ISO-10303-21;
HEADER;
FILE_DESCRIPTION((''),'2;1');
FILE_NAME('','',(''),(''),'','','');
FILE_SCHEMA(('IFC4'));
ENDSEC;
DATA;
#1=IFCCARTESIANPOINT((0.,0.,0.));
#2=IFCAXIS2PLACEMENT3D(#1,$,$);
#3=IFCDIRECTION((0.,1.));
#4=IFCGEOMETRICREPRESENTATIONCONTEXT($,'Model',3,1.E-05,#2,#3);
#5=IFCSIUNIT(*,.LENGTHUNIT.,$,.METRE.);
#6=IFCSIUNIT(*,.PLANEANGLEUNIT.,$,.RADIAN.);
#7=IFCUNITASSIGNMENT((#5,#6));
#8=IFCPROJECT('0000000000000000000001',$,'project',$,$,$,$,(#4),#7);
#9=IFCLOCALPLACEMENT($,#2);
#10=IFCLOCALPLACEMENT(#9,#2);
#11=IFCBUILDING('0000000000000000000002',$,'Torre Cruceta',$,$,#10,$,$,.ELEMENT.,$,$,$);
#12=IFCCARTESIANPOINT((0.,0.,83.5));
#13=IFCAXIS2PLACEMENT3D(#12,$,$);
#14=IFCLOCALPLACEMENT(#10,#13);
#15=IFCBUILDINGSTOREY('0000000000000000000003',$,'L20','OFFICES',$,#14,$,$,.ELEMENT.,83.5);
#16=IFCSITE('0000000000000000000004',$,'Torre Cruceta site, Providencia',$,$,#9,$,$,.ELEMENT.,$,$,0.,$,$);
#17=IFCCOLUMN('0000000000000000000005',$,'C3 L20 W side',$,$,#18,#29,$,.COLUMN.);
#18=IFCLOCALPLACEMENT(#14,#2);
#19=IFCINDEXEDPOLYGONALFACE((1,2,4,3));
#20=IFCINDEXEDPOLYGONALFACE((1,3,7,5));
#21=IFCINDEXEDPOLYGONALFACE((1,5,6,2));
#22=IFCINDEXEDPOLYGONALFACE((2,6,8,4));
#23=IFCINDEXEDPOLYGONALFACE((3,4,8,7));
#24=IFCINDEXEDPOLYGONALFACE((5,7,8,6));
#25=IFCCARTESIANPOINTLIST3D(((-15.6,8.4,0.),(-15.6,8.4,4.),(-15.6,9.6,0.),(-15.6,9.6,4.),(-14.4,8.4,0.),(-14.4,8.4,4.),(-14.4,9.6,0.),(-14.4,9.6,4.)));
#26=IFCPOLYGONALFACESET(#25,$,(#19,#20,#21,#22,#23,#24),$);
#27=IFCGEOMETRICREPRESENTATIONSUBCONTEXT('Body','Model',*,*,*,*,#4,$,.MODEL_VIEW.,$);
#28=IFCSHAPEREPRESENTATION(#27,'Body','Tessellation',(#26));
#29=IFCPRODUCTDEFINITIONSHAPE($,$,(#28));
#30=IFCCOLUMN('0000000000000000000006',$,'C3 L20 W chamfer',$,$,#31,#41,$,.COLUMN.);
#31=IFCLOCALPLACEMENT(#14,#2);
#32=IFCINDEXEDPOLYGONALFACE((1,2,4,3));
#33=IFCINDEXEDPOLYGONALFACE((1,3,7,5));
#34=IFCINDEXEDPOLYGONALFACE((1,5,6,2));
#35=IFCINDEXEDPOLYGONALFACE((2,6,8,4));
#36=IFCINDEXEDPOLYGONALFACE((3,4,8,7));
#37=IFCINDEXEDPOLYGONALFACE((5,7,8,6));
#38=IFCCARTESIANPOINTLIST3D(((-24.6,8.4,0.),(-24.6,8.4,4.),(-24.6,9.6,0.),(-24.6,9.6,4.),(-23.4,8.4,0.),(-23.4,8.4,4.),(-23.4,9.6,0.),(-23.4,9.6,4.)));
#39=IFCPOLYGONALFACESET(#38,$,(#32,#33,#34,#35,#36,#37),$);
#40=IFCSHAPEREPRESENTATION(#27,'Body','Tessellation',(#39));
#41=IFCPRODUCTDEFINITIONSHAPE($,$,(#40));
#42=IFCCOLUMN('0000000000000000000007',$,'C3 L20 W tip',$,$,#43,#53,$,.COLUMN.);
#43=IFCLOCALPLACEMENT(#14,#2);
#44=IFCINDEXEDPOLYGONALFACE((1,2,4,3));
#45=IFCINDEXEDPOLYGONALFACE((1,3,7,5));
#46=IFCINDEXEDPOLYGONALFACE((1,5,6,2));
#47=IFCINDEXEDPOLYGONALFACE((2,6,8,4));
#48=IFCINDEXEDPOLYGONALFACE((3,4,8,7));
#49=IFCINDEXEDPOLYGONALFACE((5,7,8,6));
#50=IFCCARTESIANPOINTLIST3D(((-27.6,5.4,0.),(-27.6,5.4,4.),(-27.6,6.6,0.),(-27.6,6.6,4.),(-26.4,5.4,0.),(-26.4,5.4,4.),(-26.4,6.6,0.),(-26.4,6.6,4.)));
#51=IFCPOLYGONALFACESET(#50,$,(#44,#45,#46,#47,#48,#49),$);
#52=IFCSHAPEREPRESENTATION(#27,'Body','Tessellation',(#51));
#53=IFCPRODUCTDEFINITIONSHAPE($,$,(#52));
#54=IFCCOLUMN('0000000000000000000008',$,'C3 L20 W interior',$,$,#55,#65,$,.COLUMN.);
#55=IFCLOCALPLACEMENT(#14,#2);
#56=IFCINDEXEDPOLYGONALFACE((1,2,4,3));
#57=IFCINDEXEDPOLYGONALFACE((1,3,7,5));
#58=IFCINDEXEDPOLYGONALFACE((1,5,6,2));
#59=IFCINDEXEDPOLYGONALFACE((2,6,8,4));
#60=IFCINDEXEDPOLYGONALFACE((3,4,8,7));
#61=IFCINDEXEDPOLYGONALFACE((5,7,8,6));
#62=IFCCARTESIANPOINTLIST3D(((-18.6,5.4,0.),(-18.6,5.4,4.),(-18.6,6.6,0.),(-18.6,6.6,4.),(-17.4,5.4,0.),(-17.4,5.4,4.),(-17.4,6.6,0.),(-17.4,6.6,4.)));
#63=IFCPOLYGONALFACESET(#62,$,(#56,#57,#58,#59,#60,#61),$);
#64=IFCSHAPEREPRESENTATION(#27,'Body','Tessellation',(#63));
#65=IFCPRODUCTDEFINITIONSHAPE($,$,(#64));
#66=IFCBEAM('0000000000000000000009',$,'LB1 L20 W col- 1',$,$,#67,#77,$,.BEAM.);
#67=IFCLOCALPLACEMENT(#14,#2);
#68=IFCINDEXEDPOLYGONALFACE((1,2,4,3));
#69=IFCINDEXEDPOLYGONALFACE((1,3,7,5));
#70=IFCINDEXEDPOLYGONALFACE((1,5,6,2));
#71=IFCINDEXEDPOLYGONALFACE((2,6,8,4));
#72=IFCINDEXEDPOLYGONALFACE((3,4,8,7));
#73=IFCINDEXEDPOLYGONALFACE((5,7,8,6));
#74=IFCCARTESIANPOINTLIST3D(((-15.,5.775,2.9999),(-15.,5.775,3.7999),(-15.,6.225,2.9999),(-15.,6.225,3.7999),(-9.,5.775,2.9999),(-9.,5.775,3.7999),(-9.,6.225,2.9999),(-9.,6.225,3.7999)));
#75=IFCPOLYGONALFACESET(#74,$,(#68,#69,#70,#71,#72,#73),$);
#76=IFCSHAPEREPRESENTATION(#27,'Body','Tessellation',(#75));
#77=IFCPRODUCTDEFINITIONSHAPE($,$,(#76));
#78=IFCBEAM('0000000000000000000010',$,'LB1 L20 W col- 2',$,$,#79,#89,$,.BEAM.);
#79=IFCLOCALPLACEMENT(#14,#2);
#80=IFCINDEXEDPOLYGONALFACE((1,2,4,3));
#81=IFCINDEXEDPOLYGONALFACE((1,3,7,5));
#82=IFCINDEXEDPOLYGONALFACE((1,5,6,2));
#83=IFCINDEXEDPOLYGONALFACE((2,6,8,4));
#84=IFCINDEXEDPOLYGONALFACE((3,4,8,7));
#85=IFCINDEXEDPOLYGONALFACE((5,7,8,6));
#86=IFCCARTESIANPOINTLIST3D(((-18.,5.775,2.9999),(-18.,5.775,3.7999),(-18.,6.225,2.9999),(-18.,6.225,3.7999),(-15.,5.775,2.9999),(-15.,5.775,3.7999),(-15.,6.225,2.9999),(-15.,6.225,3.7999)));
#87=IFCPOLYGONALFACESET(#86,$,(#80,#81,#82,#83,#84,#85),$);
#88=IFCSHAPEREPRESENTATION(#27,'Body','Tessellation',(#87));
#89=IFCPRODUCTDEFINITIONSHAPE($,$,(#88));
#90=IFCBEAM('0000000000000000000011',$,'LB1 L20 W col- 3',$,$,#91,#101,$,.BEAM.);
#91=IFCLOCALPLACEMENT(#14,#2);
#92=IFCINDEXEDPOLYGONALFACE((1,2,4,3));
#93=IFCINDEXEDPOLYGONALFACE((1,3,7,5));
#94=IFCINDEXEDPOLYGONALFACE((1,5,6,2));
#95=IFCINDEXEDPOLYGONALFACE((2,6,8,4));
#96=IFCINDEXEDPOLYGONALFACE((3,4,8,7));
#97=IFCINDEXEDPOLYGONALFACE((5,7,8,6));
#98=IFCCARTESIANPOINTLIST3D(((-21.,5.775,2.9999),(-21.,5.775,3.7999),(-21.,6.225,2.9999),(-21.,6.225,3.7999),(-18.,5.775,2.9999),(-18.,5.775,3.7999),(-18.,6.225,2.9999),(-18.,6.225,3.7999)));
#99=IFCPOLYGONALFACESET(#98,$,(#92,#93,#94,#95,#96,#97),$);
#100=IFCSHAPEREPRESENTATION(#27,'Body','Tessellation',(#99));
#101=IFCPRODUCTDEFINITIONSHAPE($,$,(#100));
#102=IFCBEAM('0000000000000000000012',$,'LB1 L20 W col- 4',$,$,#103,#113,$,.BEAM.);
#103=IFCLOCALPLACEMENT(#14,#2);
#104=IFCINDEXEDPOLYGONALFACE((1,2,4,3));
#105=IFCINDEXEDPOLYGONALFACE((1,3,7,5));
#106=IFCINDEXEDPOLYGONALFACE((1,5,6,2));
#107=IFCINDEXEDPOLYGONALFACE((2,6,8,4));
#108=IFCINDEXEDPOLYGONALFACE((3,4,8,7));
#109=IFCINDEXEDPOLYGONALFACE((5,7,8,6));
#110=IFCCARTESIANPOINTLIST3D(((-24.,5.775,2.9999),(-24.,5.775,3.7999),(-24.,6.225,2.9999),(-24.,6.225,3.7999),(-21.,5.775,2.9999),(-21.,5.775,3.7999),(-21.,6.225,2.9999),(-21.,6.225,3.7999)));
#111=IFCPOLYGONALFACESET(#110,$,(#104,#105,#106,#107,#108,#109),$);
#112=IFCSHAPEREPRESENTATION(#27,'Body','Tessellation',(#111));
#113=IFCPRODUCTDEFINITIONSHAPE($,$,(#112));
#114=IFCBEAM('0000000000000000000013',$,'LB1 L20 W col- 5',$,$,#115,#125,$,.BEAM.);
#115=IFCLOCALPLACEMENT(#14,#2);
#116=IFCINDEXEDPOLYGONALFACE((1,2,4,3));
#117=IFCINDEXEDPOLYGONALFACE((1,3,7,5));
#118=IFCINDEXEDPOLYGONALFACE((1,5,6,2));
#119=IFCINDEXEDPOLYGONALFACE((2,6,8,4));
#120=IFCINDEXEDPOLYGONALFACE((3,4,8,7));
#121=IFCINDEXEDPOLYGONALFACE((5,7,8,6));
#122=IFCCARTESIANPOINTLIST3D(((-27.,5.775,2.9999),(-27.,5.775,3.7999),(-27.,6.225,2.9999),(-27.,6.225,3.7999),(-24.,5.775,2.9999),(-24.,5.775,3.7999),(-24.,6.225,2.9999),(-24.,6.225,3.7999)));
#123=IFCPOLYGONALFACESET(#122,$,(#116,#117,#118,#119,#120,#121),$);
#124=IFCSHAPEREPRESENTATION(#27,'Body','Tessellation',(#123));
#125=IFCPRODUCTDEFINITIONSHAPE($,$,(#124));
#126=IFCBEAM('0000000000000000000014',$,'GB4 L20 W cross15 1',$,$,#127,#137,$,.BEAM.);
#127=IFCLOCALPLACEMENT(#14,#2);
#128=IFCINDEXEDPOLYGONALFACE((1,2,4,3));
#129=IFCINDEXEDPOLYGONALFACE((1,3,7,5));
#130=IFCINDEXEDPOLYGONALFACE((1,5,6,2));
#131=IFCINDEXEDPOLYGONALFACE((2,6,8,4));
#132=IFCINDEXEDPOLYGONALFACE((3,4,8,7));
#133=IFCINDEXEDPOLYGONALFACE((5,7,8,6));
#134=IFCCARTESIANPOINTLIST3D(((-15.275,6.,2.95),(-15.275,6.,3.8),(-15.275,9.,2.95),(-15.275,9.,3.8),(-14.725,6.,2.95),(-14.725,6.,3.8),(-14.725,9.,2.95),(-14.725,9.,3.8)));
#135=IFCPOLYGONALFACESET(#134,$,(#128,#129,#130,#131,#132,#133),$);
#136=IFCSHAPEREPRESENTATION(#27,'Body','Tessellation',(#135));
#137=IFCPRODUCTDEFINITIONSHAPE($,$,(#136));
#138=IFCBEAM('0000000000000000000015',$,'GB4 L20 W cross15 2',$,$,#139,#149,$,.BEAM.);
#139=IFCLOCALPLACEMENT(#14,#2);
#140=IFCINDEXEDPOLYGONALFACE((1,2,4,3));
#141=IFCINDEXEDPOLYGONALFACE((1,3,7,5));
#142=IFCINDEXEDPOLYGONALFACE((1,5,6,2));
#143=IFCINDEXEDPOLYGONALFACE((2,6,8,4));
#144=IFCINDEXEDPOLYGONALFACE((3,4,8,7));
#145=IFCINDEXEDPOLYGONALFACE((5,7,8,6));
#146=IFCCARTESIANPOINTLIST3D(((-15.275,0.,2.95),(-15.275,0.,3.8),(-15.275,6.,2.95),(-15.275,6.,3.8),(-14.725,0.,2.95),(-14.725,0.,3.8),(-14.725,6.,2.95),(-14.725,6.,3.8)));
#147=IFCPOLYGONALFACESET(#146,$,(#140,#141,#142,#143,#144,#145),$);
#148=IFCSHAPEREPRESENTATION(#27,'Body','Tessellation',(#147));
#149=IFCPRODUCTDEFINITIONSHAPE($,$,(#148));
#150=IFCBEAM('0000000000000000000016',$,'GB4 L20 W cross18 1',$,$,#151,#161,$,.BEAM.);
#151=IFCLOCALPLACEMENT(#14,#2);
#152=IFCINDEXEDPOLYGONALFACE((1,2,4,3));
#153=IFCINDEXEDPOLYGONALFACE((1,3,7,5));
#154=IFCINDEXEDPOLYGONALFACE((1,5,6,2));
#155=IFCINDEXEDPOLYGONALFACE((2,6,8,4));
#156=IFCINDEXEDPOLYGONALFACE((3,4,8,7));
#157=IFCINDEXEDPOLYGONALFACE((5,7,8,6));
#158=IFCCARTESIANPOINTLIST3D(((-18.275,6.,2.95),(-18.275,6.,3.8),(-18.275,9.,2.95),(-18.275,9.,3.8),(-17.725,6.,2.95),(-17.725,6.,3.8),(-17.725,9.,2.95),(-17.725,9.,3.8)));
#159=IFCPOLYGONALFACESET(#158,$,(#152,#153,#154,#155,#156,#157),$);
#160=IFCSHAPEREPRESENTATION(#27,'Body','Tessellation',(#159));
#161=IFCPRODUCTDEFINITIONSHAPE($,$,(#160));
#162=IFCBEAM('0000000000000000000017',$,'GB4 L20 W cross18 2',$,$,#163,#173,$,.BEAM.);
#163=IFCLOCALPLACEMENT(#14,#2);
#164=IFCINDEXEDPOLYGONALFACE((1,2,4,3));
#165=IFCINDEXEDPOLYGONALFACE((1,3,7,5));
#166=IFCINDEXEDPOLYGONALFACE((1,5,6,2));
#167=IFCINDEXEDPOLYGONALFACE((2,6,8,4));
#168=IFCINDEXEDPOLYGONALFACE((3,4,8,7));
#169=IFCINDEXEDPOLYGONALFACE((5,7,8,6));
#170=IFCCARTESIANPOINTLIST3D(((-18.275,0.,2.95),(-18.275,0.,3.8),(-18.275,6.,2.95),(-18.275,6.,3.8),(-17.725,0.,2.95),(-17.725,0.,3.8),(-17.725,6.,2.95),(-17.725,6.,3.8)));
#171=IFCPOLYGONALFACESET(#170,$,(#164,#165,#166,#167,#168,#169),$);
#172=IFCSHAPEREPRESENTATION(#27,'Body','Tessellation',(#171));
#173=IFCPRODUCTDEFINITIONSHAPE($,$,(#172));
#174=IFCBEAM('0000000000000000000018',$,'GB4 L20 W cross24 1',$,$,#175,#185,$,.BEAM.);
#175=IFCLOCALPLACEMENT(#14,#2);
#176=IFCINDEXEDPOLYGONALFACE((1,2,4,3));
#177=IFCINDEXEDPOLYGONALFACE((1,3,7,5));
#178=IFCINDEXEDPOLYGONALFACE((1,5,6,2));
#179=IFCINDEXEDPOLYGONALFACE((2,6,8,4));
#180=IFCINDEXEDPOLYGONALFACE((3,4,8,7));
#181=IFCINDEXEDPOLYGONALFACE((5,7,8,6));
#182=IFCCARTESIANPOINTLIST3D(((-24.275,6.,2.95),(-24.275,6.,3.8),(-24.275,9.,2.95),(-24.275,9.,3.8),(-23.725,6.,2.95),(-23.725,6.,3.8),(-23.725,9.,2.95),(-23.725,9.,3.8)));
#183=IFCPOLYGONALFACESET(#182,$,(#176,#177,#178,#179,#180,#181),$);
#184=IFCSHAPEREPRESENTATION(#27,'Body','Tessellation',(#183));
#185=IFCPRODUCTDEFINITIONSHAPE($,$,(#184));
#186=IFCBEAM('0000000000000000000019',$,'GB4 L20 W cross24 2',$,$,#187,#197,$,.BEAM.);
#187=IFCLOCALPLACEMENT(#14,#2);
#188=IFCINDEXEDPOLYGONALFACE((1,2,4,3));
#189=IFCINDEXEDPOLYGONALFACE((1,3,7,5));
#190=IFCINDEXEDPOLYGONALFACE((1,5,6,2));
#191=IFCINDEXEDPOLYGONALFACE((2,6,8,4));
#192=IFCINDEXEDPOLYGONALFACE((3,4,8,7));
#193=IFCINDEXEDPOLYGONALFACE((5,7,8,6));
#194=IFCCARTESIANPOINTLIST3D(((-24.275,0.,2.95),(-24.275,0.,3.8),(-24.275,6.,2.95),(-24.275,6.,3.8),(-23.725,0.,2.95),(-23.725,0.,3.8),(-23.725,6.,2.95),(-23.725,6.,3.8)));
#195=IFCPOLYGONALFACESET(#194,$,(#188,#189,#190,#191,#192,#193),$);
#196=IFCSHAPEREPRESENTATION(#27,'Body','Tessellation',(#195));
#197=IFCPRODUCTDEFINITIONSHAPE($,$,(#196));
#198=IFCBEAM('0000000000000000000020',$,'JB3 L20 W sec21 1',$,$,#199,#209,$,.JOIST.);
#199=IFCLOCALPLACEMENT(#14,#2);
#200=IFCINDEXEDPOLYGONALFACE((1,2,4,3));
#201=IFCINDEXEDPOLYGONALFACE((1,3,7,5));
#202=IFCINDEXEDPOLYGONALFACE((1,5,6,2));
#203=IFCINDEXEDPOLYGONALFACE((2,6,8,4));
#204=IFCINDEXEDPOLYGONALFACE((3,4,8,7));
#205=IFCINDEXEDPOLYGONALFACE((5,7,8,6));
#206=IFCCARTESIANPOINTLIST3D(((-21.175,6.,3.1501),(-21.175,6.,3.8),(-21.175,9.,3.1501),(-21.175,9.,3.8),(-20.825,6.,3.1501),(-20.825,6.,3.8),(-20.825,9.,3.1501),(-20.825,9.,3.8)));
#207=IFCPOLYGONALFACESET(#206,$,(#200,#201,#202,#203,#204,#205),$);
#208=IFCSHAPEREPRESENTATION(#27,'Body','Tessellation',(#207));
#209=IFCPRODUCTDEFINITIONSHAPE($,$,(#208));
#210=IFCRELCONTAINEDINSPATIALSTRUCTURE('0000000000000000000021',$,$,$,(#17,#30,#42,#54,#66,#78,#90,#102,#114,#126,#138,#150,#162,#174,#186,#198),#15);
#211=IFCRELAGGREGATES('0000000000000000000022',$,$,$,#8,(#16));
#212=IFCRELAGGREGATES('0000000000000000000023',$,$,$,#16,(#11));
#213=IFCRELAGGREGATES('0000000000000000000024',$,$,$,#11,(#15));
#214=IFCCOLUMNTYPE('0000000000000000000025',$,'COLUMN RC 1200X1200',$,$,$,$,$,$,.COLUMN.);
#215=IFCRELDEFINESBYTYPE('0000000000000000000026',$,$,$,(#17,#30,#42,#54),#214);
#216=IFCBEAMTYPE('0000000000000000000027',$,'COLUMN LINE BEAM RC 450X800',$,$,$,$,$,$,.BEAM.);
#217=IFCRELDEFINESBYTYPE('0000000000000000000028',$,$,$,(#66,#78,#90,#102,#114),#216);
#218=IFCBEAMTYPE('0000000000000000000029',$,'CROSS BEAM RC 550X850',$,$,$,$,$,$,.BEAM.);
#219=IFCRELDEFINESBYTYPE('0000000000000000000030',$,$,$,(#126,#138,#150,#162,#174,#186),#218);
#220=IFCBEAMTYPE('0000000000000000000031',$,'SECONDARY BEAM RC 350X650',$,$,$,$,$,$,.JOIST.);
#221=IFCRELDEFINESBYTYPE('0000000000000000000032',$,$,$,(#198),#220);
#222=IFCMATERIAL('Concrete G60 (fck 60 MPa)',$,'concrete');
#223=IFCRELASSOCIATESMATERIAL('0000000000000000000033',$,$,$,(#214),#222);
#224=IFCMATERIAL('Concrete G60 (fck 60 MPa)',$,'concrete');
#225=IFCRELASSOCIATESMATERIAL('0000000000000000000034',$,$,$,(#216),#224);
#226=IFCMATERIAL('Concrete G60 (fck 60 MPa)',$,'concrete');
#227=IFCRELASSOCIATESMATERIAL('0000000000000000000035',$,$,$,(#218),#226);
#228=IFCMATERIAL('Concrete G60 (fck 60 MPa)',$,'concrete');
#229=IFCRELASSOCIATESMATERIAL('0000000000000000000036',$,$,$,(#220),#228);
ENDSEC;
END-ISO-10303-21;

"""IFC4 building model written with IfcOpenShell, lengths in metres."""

from ifc_helpers import new_model, si_unit, direction, frame, origin, origin_2d, place, context, subcontext, project, spatial, rectangle, extrude, material, material_profile, profile_set, type_object, element, save


model = new_model("IFC4")

# Units and contexts
model_context = context("Model", 3, precision=1e-05, world=origin(), true_north=direction((0.0, 1.0)))
body_context = subcontext(model_context, "Body", "Model", "MODEL_VIEW")
ifc_project = project(units=[si_unit("LENGTHUNIT", "METRE"), si_unit("PLANEANGLEUNIT", "RADIAN")], contexts=[model_context])

# Site, building, storey
site_placement = place(None, origin())
site = spatial("IfcSite", under=ifc_project, at=site_placement, Name="Torre Cruceta site, Providencia", CompositionType="ELEMENT", RefElevation=0.0)
building_placement = place(site_placement, origin())
building = spatial("IfcBuilding", under=site, at=building_placement, Name="Torre Cruceta", CompositionType="ELEMENT")
storey_placement = place(building_placement, frame((0.0, 0.0, 83.5)))
storey = spatial("IfcBuildingStorey", under=building, at=storey_placement, Name="L20", Description="OFFICES", CompositionType="ELEMENT", Elevation=83.5)

# Columns
ifc_material_1 = material(Name="Concrete G60 (fck 60 MPa)", Category="concrete")
ifc_material_profile_1 = material_profile(ifc_material_1, rectangle(XDim=1.2, YDim=1.2, at=origin_2d()), Name="RC 1200X1200")
ifc_profile_set_1 = profile_set([ifc_material_profile_1], Name="Concrete G60 (fck 60 MPa)")
column_type = type_object("IfcColumnType", Name="COLUMN RC 1200X1200", PredefinedType="COLUMN", material=ifc_profile_set_1)
for number, where, z_axis, x_axis, name in (
    (1, (-15.0, 9.0, 0.0), (0.0, 0.0, 1.0), (1.0, 0.0, 0.0), "C3 L20 W side"),
    (2, (-24.0, 9.0, 0.0), (0.0, 0.0, 1.0), (1.0, 0.0, 0.0), "C3 L20 W chamfer"),
    (3, (-27.0, 6.0, 0.0), (0.0, 0.0, 1.0), (1.0, 0.0, 0.0), "C3 L20 W tip"),
    (4, (-18.0, 6.0, 0.0), (0.0, 0.0, 1.0), (1.0, 0.0, 0.0), "C3 L20 W interior"),
):
    element("IfcColumn", number, at=place(storey_placement, frame(where, z_axis=z_axis, x_axis=x_axis)), inside=storey, type_object=column_type, Name=name, PredefinedType="COLUMN", context=body_context, shape_type="SweptSolid", body=[
        extrude(rectangle(XDim=1.2, YDim=1.2, at=origin_2d()), origin(), (0.0, 0.0, 1.0), 4.0),
    ])

# Beams
ifc_material_2 = material(Name="Concrete G60 (fck 60 MPa)", Category="concrete")
ifc_material_profile_2 = material_profile(ifc_material_2, rectangle(XDim=0.45, YDim=0.8, at=origin_2d()), Name="RC 450X800")
ifc_profile_set_2 = profile_set([ifc_material_profile_2], Name="Concrete G60 (fck 60 MPa)")
beam_type_1 = type_object("IfcBeamType", Name="COLUMN LINE BEAM RC 450X800", PredefinedType="BEAM", material=ifc_profile_set_2)
beam_1_placement = place(storey_placement, frame((-9.0, 6.0, 3.3999), z_axis=(-1.0, 0.0, 0.0), x_axis=(0.0, -1.0, 0.0)))
element("IfcBeam", 5, at=beam_1_placement, inside=storey, type_object=beam_type_1, Name="LB1 L20 W col- 1", PredefinedType="BEAM", context=body_context, shape_type="SweptSolid", body=[
    extrude(rectangle(XDim=0.45, YDim=0.8, at=origin_2d()), origin(), (0.0, 0.0, 1.0), 6.0),
])
for number, where, z_axis, x_axis, name in (
    (6, (-15.0, 6.0, 3.3999), (-1.0, 0.0, 0.0), (0.0, -1.0, 0.0), "LB1 L20 W col- 2"),
    (7, (-18.0, 6.0, 3.3999), (-1.0, 0.0, 0.0), (0.0, -1.0, 0.0), "LB1 L20 W col- 3"),
    (8, (-21.0, 6.0, 3.3999), (-1.0, 0.0, 0.0), (0.0, -1.0, 0.0), "LB1 L20 W col- 4"),
    (9, (-24.0, 6.0, 3.3999), (-1.0, 0.0, 0.0), (0.0, -1.0, 0.0), "LB1 L20 W col- 5"),
):
    element("IfcBeam", number, at=place(storey_placement, frame(where, z_axis=z_axis, x_axis=x_axis)), inside=storey, type_object=beam_type_1, Name=name, PredefinedType="BEAM", context=body_context, shape_type="SweptSolid", body=[
        extrude(rectangle(XDim=0.45, YDim=0.8, at=origin_2d()), origin(), (0.0, 0.0, 1.0), 3.0),
    ])
ifc_material_3 = material(Name="Concrete G60 (fck 60 MPa)", Category="concrete")
ifc_material_profile_3 = material_profile(ifc_material_3, rectangle(XDim=0.55, YDim=0.8501, at=origin_2d()), Name="RC 550X850")
ifc_profile_set_3 = profile_set([ifc_material_profile_3], Name="Concrete G60 (fck 60 MPa)")
beam_type_2 = type_object("IfcBeamType", Name="CROSS BEAM RC 550X850", PredefinedType="BEAM", material=ifc_profile_set_3)
beam_2_placement = place(storey_placement, frame((-15.0, 9.0, 3.375), z_axis=(0.0, -1.0, 0.0), x_axis=(1.0, 0.0, 0.0)))
element("IfcBeam", 10, at=beam_2_placement, inside=storey, type_object=beam_type_2, Name="GB4 L20 W cross15 1", PredefinedType="BEAM", context=body_context, shape_type="SweptSolid", body=[
    extrude(rectangle(XDim=0.55, YDim=0.8501, at=origin_2d()), origin(), (0.0, 0.0, 1.0), 3.0),
])
beam_3_placement = place(storey_placement, frame((-15.0, 6.0, 3.375), z_axis=(0.0, -1.0, 0.0), x_axis=(1.0, 0.0, 0.0)))
element("IfcBeam", 11, at=beam_3_placement, inside=storey, type_object=beam_type_2, Name="GB4 L20 W cross15 2", PredefinedType="BEAM", context=body_context, shape_type="SweptSolid", body=[
    extrude(rectangle(XDim=0.55, YDim=0.8501, at=origin_2d()), origin(), (0.0, 0.0, 1.0), 6.0),
])
beam_4_placement = place(storey_placement, frame((-18.0, 9.0, 3.375), z_axis=(0.0, -1.0, 0.0), x_axis=(1.0, 0.0, 0.0)))
element("IfcBeam", 12, at=beam_4_placement, inside=storey, type_object=beam_type_2, Name="GB4 L20 W cross18 1", PredefinedType="BEAM", context=body_context, shape_type="SweptSolid", body=[
    extrude(rectangle(XDim=0.55, YDim=0.8501, at=origin_2d()), origin(), (0.0, 0.0, 1.0), 3.0),
])
beam_5_placement = place(storey_placement, frame((-18.0, 6.0, 3.375), z_axis=(0.0, -1.0, 0.0), x_axis=(1.0, 0.0, 0.0)))
element("IfcBeam", 13, at=beam_5_placement, inside=storey, type_object=beam_type_2, Name="GB4 L20 W cross18 2", PredefinedType="BEAM", context=body_context, shape_type="SweptSolid", body=[
    extrude(rectangle(XDim=0.55, YDim=0.8501, at=origin_2d()), origin(), (0.0, 0.0, 1.0), 6.0),
])
beam_6_placement = place(storey_placement, frame((-24.0, 9.0, 3.375), z_axis=(0.0, -1.0, 0.0), x_axis=(1.0, 0.0, 0.0)))
element("IfcBeam", 14, at=beam_6_placement, inside=storey, type_object=beam_type_2, Name="GB4 L20 W cross24 1", PredefinedType="BEAM", context=body_context, shape_type="SweptSolid", body=[
    extrude(rectangle(XDim=0.55, YDim=0.8501, at=origin_2d()), origin(), (0.0, 0.0, 1.0), 3.0),
])
beam_7_placement = place(storey_placement, frame((-24.0, 6.0, 3.375), z_axis=(0.0, -1.0, 0.0), x_axis=(1.0, 0.0, 0.0)))
element("IfcBeam", 15, at=beam_7_placement, inside=storey, type_object=beam_type_2, Name="GB4 L20 W cross24 2", PredefinedType="BEAM", context=body_context, shape_type="SweptSolid", body=[
    extrude(rectangle(XDim=0.55, YDim=0.8501, at=origin_2d()), origin(), (0.0, 0.0, 1.0), 6.0),
])
ifc_material_4 = material(Name="Concrete G60 (fck 60 MPa)", Category="concrete")
ifc_material_profile_4 = material_profile(ifc_material_4, rectangle(XDim=0.3501, YDim=0.6499, at=origin_2d()), Name="RC 350X650")
ifc_profile_set_4 = profile_set([ifc_material_profile_4], Name="Concrete G60 (fck 60 MPa)")
beam_type_3 = type_object("IfcBeamType", Name="SECONDARY BEAM RC 350X650", PredefinedType="JOIST", material=ifc_profile_set_4)
beam_8_placement = place(storey_placement, frame((-21.0, 9.0, 3.4751), z_axis=(0.0, -1.0, 0.0), x_axis=(1.0, 0.0, 0.0)))
element("IfcBeam", 16, at=beam_8_placement, inside=storey, type_object=beam_type_3, Name="JB3 L20 W sec21 1", PredefinedType="JOIST", context=body_context, shape_type="SweptSolid", body=[
    extrude(rectangle(XDim=0.3501, YDim=0.6499, at=origin_2d()), origin(), (0.0, 0.0, 1.0), 3.0),
])

save(model, "model.ifc")
